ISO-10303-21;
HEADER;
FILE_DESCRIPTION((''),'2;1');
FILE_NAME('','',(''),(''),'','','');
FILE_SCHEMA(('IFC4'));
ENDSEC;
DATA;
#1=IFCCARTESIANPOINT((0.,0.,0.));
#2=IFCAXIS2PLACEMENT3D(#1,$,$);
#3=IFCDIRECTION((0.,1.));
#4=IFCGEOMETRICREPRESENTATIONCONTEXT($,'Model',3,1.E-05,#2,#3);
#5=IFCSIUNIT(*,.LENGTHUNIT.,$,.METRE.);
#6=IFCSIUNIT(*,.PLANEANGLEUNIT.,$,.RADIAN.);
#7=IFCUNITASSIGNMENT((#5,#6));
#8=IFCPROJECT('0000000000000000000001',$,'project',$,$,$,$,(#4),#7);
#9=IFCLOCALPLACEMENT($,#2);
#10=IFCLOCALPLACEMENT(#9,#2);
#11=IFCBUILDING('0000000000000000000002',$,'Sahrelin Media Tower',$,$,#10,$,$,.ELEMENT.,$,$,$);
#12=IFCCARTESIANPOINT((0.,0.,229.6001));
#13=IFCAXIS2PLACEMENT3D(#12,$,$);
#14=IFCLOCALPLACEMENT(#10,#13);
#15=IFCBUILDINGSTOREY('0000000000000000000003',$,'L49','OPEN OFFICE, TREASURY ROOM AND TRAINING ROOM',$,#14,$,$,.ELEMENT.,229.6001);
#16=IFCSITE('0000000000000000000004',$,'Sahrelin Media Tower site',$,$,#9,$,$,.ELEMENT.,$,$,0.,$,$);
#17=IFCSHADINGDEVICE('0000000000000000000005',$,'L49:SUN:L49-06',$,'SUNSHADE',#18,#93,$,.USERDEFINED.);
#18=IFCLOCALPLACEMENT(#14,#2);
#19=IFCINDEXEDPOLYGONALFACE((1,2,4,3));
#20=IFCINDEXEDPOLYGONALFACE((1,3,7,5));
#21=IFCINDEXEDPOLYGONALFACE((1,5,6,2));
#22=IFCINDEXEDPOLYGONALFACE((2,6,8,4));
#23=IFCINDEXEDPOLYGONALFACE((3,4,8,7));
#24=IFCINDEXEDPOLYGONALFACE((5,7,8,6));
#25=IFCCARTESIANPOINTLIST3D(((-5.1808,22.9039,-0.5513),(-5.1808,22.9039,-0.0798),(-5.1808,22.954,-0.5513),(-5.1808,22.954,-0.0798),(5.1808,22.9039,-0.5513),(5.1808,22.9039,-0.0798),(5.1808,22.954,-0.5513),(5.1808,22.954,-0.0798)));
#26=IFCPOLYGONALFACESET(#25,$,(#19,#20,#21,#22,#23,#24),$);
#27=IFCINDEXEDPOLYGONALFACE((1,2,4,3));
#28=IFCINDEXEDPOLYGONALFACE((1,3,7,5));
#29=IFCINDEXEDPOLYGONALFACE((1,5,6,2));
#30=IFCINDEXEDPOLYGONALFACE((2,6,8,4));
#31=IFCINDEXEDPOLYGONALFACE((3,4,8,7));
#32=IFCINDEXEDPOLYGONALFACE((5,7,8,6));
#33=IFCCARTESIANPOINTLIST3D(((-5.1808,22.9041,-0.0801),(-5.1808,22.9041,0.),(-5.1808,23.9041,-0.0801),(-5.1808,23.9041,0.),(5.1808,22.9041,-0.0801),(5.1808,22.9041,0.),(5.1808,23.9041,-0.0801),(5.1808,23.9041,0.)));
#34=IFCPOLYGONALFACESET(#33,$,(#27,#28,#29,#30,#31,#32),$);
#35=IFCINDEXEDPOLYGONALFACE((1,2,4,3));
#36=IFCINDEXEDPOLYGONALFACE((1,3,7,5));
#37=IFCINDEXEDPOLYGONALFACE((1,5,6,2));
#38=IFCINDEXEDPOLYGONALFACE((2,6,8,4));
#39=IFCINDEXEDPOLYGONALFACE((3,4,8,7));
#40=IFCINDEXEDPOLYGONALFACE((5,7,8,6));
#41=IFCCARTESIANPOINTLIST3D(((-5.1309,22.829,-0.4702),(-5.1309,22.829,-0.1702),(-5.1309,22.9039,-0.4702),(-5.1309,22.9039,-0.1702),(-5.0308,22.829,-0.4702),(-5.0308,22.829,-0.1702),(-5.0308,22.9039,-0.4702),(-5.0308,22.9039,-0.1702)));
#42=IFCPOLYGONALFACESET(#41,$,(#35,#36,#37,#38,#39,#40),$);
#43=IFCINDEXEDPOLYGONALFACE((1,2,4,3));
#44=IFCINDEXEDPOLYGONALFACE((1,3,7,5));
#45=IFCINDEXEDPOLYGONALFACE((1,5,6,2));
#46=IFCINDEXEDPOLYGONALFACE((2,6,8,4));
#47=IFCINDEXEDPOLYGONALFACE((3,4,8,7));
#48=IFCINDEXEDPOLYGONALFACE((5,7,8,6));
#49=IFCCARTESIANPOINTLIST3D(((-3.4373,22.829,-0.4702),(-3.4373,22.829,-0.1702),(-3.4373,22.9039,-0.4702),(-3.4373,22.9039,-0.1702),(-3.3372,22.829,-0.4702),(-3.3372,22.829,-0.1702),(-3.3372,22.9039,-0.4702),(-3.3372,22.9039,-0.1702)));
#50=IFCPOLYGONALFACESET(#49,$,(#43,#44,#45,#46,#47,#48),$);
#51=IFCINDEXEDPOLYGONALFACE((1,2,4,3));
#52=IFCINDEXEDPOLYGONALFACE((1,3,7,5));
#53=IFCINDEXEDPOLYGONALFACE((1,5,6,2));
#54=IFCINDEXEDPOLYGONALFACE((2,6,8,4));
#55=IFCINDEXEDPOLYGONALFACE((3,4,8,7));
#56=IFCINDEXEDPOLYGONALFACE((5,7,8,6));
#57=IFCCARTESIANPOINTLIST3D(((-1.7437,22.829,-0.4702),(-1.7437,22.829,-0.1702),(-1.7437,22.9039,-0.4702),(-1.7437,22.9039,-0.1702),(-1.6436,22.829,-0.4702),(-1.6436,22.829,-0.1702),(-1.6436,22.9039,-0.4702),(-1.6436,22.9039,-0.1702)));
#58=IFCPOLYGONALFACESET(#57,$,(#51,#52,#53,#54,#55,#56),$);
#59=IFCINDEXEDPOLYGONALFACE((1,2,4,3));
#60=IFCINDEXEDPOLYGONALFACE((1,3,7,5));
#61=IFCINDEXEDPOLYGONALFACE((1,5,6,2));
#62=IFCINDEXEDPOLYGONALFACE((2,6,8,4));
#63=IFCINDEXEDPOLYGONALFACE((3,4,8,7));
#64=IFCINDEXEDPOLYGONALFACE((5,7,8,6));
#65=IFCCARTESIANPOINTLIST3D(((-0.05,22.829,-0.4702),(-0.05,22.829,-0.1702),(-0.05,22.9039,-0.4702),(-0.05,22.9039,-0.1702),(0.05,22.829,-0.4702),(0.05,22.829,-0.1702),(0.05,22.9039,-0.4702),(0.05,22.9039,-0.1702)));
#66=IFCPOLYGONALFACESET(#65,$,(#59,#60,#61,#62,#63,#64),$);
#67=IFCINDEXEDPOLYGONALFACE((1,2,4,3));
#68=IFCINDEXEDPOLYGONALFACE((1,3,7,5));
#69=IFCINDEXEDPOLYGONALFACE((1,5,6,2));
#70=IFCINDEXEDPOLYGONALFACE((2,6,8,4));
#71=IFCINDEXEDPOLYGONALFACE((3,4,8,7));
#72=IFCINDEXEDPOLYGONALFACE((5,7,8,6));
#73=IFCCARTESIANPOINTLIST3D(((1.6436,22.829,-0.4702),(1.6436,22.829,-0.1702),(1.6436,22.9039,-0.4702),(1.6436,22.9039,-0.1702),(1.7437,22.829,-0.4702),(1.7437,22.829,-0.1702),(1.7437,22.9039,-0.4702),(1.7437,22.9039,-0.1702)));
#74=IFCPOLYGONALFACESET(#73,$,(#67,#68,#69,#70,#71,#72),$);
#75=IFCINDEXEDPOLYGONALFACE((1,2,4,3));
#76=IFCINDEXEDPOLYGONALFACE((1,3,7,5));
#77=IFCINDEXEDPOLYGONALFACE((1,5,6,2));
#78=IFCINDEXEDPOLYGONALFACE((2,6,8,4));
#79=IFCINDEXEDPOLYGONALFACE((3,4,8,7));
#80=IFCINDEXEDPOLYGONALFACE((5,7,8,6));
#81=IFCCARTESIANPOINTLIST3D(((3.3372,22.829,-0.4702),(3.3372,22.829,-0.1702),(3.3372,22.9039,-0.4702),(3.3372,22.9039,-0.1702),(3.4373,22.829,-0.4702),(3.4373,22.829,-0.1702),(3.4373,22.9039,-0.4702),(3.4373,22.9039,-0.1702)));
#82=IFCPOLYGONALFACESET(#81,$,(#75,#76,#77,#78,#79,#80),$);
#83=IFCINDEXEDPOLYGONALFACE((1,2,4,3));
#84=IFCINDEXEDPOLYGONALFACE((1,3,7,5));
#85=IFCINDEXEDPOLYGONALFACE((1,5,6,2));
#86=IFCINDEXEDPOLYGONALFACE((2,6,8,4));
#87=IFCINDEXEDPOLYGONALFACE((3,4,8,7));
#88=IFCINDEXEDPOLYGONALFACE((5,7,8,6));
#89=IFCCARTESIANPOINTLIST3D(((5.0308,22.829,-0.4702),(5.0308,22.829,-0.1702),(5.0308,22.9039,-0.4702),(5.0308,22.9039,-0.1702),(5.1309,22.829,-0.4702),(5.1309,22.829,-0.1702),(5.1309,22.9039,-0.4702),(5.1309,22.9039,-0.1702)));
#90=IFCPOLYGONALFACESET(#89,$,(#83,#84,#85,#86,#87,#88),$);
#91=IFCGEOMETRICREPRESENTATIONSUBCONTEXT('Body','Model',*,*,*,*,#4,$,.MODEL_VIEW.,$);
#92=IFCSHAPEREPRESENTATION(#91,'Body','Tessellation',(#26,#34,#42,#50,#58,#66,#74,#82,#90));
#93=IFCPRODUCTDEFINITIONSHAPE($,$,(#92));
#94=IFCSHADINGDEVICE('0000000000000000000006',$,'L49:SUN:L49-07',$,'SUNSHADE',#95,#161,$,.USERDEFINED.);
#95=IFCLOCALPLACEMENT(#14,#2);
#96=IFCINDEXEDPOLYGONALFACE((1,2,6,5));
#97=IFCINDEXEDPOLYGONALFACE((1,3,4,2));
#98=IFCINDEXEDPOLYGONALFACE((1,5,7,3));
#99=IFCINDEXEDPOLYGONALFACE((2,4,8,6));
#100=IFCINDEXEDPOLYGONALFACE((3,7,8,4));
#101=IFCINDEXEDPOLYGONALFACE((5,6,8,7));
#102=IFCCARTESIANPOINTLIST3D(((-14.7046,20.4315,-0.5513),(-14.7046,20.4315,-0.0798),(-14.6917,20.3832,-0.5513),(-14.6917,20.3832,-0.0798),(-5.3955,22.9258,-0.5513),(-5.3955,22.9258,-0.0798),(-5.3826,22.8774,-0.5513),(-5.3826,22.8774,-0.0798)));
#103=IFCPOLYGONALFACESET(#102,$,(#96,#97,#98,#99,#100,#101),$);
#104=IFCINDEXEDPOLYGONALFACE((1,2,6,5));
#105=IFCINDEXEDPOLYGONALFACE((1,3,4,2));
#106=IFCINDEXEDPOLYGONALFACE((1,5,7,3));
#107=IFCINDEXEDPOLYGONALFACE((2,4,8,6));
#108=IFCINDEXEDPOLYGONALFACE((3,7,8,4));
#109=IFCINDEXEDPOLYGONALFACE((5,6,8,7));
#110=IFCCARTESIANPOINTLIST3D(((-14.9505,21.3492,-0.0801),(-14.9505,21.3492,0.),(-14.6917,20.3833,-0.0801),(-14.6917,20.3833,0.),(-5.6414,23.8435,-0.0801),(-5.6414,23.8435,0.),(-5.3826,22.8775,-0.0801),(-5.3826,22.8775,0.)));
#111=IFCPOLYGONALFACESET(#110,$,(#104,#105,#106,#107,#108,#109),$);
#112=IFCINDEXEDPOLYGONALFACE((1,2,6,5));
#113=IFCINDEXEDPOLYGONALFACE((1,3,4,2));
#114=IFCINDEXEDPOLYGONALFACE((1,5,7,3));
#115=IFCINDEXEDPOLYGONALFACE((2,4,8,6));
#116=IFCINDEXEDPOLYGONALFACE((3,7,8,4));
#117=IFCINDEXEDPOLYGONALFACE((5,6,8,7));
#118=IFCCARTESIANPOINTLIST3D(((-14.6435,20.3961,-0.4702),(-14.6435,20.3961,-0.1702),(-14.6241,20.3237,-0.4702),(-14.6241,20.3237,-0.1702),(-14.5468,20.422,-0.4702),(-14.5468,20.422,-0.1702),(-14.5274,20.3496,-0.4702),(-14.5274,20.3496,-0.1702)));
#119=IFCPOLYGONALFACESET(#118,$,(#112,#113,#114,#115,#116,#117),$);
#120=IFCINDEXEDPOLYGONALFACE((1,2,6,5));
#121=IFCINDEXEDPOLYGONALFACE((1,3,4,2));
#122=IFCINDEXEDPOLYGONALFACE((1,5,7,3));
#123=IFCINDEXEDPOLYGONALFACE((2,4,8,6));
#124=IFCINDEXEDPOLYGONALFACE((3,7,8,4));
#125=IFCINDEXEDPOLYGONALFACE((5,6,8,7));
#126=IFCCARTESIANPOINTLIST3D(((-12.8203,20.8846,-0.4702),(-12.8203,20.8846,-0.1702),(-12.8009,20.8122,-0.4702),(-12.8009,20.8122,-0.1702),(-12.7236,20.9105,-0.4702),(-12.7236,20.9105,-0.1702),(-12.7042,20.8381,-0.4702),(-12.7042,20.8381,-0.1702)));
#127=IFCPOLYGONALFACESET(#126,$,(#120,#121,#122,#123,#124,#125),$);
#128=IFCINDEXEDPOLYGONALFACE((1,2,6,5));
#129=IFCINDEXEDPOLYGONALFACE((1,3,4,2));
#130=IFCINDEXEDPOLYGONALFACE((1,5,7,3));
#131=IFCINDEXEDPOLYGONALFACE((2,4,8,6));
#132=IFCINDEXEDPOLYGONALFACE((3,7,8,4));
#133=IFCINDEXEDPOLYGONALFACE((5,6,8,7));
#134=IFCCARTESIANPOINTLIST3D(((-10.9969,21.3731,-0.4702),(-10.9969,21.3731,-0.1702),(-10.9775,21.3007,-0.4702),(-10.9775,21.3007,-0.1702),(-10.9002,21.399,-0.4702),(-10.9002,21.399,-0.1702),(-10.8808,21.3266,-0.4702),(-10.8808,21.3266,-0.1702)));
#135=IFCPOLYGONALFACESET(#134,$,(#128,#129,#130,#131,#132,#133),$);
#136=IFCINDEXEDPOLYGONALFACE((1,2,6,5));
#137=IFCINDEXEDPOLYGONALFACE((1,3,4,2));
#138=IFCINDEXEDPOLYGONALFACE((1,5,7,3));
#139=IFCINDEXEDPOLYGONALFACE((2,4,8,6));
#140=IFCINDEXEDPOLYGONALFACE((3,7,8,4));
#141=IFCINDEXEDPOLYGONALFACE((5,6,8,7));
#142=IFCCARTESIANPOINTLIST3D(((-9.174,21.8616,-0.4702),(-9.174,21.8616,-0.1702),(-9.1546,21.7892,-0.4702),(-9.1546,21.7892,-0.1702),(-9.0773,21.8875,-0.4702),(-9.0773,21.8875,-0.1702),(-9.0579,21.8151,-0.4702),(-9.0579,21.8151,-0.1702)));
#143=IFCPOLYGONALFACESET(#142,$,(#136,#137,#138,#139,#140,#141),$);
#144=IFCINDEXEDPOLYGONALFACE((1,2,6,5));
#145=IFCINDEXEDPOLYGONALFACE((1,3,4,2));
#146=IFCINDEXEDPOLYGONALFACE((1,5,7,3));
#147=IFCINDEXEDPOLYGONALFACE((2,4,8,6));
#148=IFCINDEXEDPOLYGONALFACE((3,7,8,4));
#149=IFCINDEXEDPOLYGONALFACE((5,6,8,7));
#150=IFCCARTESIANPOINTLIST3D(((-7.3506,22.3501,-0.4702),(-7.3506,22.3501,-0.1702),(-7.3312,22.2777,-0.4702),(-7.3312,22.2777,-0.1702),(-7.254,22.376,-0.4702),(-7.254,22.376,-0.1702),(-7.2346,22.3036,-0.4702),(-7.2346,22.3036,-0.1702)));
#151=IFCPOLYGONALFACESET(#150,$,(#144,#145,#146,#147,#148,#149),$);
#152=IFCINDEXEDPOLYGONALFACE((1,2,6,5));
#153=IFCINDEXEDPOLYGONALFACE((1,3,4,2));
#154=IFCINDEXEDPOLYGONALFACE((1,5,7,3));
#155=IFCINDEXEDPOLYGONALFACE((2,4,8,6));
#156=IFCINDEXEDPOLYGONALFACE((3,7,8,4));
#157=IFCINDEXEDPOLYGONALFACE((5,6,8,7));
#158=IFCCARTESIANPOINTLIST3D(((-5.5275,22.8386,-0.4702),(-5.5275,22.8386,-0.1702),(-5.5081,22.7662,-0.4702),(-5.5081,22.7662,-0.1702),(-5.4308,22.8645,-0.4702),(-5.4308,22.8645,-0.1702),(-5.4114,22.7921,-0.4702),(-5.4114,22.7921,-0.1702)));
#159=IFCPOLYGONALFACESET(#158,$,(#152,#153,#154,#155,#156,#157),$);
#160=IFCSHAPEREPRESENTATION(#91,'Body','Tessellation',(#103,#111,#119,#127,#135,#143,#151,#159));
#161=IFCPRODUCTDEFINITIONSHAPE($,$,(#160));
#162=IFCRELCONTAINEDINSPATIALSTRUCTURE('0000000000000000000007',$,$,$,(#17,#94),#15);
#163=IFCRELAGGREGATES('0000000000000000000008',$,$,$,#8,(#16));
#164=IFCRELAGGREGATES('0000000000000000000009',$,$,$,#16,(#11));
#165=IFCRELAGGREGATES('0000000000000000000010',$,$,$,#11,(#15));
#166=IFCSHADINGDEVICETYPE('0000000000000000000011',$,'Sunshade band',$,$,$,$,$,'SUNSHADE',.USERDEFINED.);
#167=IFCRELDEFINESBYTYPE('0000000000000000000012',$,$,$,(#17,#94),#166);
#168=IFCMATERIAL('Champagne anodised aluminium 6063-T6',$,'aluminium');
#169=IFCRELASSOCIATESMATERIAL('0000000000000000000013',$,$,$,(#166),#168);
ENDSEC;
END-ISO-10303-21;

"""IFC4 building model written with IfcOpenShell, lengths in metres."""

from ifc_helpers import new_model, si_unit, direction, frame, origin, origin_2d, place, context, subcontext, project, spatial, rectangle, extrude, material, type_object, element, save


model = new_model("IFC4")

# Units and contexts
model_context = context("Model", 3, precision=1e-05, world=origin(), true_north=direction((0.0, 1.0)))
body_context = subcontext(model_context, "Body", "Model", "MODEL_VIEW")
ifc_project = project(units=[si_unit("LENGTHUNIT", "METRE"), si_unit("PLANEANGLEUNIT", "RADIAN")], contexts=[model_context])

# Site, building, storey
site_placement = place(None, origin())
site = spatial("IfcSite", under=ifc_project, at=site_placement, Name="Sahrelin Media Tower site", CompositionType="ELEMENT", RefElevation=0.0)
building_placement = place(site_placement, origin())
building = spatial("IfcBuilding", under=site, at=building_placement, Name="Sahrelin Media Tower", CompositionType="ELEMENT")
storey_placement = place(building_placement, frame((0.0, 0.0, 229.6001)))
storey = spatial("IfcBuildingStorey", under=building, at=storey_placement, Name="L49", Description="OPEN OFFICE, TREASURY ROOM AND TRAINING ROOM", CompositionType="ELEMENT", Elevation=229.6001)

# Shared definitions
ifc_material_1 = material(Name="Champagne anodised aluminium 6063-T6", Category="aluminium")
placement_1 = place(storey_placement, frame((0.0, 22.884, 0.0), z_axis=(0.0, 0.0, 1.0), x_axis=(1.0, 0.0, 0.0)))

# Shading devices
placement_2 = place(storey_placement, frame((-10.032, 21.6111, 0.0), z_axis=(0.0, 0.0, 1.0), x_axis=(0.965929, 0.258808, 0.0)))
shading_device_type_1 = type_object("IfcShadingDeviceType", Name="Sunshade band", ElementType="SUNSHADE", PredefinedType="USERDEFINED", material=ifc_material_1)
element("IfcShadingDevice", 1, at=placement_1, inside=storey, type_object=shading_device_type_1, Name="L49:SUN:L49-06", ObjectType="SUNSHADE", PredefinedType="USERDEFINED", context=body_context, shape_type="SweptSolid", body=[
    extrude(rectangle(XDim=10.3616, YDim=0.05, at=origin_2d()), frame((0.0, 0.0449, -0.5513)), (0.0, 0.0, 1.0), 0.4714),
    extrude(rectangle(XDim=10.3616, YDim=1.0, at=origin_2d()), frame((0.0, 0.52, -0.0801)), (0.0, 0.0, 1.0), 0.0801),
    extrude(rectangle(XDim=0.1001, YDim=0.075, at=origin_2d()), frame((-5.0808, -0.0176, -0.4702)), (0.0, 0.0, 1.0), 0.3),
    extrude(rectangle(XDim=0.1001, YDim=0.075, at=origin_2d()), frame((-3.3872, -0.0176, -0.4702)), (0.0, 0.0, 1.0), 0.3),
    extrude(rectangle(XDim=0.1001, YDim=0.075, at=origin_2d()), frame((-1.6936, -0.0176, -0.4702)), (0.0, 0.0, 1.0), 0.3),
    extrude(rectangle(XDim=0.1001, YDim=0.075, at=origin_2d()), frame((0.0, -0.0176, -0.4702)), (0.0, 0.0, 1.0), 0.3),
    extrude(rectangle(XDim=0.1001, YDim=0.075, at=origin_2d()), frame((1.6936, -0.0176, -0.4702)), (0.0, 0.0, 1.0), 0.3),
    extrude(rectangle(XDim=0.1001, YDim=0.075, at=origin_2d()), frame((3.3872, -0.0176, -0.4702)), (0.0, 0.0, 1.0), 0.3),
    extrude(rectangle(XDim=0.1001, YDim=0.075, at=origin_2d()), frame((5.0808, -0.0176, -0.4702)), (0.0, 0.0, 1.0), 0.3),
])
element("IfcShadingDevice", 2, at=placement_2, inside=storey, type_object=shading_device_type_1, Name="L49:SUN:L49-07", ObjectType="SUNSHADE", PredefinedType="USERDEFINED", context=body_context, shape_type="SweptSolid", body=[
    extrude(rectangle(XDim=9.6375, YDim=0.05, at=origin_2d()), frame((0.0, 0.0449, -0.5513)), (0.0, 0.0, 1.0), 0.4714),
    extrude(rectangle(XDim=9.6375, YDim=1.0, at=origin_2d()), frame((0.0, 0.52, -0.0801)), (0.0, 0.0, 1.0), 0.0801),
    extrude(rectangle(XDim=0.1001, YDim=0.075, at=origin_2d()), frame((-4.7188, -0.0176, -0.4702)), (0.0, 0.0, 1.0), 0.3),
    extrude(rectangle(XDim=0.1001, YDim=0.075, at=origin_2d()), frame((-2.8313, -0.0176, -0.4702)), (0.0, 0.0, 1.0), 0.3),
    extrude(rectangle(XDim=0.1001, YDim=0.075, at=origin_2d()), frame((-0.9436, -0.0176, -0.4702)), (0.0, 0.0, 1.0), 0.3),
    extrude(rectangle(XDim=0.1001, YDim=0.075, at=origin_2d()), frame((0.9436, -0.0176, -0.4702)), (0.0, 0.0, 1.0), 0.3),
    extrude(rectangle(XDim=0.1001, YDim=0.075, at=origin_2d()), frame((2.8313, -0.0176, -0.4702)), (0.0, 0.0, 1.0), 0.3),
    extrude(rectangle(XDim=0.1001, YDim=0.075, at=origin_2d()), frame((4.7188, -0.0176, -0.4702)), (0.0, 0.0, 1.0), 0.3),
])

save(model, "model.ifc")
